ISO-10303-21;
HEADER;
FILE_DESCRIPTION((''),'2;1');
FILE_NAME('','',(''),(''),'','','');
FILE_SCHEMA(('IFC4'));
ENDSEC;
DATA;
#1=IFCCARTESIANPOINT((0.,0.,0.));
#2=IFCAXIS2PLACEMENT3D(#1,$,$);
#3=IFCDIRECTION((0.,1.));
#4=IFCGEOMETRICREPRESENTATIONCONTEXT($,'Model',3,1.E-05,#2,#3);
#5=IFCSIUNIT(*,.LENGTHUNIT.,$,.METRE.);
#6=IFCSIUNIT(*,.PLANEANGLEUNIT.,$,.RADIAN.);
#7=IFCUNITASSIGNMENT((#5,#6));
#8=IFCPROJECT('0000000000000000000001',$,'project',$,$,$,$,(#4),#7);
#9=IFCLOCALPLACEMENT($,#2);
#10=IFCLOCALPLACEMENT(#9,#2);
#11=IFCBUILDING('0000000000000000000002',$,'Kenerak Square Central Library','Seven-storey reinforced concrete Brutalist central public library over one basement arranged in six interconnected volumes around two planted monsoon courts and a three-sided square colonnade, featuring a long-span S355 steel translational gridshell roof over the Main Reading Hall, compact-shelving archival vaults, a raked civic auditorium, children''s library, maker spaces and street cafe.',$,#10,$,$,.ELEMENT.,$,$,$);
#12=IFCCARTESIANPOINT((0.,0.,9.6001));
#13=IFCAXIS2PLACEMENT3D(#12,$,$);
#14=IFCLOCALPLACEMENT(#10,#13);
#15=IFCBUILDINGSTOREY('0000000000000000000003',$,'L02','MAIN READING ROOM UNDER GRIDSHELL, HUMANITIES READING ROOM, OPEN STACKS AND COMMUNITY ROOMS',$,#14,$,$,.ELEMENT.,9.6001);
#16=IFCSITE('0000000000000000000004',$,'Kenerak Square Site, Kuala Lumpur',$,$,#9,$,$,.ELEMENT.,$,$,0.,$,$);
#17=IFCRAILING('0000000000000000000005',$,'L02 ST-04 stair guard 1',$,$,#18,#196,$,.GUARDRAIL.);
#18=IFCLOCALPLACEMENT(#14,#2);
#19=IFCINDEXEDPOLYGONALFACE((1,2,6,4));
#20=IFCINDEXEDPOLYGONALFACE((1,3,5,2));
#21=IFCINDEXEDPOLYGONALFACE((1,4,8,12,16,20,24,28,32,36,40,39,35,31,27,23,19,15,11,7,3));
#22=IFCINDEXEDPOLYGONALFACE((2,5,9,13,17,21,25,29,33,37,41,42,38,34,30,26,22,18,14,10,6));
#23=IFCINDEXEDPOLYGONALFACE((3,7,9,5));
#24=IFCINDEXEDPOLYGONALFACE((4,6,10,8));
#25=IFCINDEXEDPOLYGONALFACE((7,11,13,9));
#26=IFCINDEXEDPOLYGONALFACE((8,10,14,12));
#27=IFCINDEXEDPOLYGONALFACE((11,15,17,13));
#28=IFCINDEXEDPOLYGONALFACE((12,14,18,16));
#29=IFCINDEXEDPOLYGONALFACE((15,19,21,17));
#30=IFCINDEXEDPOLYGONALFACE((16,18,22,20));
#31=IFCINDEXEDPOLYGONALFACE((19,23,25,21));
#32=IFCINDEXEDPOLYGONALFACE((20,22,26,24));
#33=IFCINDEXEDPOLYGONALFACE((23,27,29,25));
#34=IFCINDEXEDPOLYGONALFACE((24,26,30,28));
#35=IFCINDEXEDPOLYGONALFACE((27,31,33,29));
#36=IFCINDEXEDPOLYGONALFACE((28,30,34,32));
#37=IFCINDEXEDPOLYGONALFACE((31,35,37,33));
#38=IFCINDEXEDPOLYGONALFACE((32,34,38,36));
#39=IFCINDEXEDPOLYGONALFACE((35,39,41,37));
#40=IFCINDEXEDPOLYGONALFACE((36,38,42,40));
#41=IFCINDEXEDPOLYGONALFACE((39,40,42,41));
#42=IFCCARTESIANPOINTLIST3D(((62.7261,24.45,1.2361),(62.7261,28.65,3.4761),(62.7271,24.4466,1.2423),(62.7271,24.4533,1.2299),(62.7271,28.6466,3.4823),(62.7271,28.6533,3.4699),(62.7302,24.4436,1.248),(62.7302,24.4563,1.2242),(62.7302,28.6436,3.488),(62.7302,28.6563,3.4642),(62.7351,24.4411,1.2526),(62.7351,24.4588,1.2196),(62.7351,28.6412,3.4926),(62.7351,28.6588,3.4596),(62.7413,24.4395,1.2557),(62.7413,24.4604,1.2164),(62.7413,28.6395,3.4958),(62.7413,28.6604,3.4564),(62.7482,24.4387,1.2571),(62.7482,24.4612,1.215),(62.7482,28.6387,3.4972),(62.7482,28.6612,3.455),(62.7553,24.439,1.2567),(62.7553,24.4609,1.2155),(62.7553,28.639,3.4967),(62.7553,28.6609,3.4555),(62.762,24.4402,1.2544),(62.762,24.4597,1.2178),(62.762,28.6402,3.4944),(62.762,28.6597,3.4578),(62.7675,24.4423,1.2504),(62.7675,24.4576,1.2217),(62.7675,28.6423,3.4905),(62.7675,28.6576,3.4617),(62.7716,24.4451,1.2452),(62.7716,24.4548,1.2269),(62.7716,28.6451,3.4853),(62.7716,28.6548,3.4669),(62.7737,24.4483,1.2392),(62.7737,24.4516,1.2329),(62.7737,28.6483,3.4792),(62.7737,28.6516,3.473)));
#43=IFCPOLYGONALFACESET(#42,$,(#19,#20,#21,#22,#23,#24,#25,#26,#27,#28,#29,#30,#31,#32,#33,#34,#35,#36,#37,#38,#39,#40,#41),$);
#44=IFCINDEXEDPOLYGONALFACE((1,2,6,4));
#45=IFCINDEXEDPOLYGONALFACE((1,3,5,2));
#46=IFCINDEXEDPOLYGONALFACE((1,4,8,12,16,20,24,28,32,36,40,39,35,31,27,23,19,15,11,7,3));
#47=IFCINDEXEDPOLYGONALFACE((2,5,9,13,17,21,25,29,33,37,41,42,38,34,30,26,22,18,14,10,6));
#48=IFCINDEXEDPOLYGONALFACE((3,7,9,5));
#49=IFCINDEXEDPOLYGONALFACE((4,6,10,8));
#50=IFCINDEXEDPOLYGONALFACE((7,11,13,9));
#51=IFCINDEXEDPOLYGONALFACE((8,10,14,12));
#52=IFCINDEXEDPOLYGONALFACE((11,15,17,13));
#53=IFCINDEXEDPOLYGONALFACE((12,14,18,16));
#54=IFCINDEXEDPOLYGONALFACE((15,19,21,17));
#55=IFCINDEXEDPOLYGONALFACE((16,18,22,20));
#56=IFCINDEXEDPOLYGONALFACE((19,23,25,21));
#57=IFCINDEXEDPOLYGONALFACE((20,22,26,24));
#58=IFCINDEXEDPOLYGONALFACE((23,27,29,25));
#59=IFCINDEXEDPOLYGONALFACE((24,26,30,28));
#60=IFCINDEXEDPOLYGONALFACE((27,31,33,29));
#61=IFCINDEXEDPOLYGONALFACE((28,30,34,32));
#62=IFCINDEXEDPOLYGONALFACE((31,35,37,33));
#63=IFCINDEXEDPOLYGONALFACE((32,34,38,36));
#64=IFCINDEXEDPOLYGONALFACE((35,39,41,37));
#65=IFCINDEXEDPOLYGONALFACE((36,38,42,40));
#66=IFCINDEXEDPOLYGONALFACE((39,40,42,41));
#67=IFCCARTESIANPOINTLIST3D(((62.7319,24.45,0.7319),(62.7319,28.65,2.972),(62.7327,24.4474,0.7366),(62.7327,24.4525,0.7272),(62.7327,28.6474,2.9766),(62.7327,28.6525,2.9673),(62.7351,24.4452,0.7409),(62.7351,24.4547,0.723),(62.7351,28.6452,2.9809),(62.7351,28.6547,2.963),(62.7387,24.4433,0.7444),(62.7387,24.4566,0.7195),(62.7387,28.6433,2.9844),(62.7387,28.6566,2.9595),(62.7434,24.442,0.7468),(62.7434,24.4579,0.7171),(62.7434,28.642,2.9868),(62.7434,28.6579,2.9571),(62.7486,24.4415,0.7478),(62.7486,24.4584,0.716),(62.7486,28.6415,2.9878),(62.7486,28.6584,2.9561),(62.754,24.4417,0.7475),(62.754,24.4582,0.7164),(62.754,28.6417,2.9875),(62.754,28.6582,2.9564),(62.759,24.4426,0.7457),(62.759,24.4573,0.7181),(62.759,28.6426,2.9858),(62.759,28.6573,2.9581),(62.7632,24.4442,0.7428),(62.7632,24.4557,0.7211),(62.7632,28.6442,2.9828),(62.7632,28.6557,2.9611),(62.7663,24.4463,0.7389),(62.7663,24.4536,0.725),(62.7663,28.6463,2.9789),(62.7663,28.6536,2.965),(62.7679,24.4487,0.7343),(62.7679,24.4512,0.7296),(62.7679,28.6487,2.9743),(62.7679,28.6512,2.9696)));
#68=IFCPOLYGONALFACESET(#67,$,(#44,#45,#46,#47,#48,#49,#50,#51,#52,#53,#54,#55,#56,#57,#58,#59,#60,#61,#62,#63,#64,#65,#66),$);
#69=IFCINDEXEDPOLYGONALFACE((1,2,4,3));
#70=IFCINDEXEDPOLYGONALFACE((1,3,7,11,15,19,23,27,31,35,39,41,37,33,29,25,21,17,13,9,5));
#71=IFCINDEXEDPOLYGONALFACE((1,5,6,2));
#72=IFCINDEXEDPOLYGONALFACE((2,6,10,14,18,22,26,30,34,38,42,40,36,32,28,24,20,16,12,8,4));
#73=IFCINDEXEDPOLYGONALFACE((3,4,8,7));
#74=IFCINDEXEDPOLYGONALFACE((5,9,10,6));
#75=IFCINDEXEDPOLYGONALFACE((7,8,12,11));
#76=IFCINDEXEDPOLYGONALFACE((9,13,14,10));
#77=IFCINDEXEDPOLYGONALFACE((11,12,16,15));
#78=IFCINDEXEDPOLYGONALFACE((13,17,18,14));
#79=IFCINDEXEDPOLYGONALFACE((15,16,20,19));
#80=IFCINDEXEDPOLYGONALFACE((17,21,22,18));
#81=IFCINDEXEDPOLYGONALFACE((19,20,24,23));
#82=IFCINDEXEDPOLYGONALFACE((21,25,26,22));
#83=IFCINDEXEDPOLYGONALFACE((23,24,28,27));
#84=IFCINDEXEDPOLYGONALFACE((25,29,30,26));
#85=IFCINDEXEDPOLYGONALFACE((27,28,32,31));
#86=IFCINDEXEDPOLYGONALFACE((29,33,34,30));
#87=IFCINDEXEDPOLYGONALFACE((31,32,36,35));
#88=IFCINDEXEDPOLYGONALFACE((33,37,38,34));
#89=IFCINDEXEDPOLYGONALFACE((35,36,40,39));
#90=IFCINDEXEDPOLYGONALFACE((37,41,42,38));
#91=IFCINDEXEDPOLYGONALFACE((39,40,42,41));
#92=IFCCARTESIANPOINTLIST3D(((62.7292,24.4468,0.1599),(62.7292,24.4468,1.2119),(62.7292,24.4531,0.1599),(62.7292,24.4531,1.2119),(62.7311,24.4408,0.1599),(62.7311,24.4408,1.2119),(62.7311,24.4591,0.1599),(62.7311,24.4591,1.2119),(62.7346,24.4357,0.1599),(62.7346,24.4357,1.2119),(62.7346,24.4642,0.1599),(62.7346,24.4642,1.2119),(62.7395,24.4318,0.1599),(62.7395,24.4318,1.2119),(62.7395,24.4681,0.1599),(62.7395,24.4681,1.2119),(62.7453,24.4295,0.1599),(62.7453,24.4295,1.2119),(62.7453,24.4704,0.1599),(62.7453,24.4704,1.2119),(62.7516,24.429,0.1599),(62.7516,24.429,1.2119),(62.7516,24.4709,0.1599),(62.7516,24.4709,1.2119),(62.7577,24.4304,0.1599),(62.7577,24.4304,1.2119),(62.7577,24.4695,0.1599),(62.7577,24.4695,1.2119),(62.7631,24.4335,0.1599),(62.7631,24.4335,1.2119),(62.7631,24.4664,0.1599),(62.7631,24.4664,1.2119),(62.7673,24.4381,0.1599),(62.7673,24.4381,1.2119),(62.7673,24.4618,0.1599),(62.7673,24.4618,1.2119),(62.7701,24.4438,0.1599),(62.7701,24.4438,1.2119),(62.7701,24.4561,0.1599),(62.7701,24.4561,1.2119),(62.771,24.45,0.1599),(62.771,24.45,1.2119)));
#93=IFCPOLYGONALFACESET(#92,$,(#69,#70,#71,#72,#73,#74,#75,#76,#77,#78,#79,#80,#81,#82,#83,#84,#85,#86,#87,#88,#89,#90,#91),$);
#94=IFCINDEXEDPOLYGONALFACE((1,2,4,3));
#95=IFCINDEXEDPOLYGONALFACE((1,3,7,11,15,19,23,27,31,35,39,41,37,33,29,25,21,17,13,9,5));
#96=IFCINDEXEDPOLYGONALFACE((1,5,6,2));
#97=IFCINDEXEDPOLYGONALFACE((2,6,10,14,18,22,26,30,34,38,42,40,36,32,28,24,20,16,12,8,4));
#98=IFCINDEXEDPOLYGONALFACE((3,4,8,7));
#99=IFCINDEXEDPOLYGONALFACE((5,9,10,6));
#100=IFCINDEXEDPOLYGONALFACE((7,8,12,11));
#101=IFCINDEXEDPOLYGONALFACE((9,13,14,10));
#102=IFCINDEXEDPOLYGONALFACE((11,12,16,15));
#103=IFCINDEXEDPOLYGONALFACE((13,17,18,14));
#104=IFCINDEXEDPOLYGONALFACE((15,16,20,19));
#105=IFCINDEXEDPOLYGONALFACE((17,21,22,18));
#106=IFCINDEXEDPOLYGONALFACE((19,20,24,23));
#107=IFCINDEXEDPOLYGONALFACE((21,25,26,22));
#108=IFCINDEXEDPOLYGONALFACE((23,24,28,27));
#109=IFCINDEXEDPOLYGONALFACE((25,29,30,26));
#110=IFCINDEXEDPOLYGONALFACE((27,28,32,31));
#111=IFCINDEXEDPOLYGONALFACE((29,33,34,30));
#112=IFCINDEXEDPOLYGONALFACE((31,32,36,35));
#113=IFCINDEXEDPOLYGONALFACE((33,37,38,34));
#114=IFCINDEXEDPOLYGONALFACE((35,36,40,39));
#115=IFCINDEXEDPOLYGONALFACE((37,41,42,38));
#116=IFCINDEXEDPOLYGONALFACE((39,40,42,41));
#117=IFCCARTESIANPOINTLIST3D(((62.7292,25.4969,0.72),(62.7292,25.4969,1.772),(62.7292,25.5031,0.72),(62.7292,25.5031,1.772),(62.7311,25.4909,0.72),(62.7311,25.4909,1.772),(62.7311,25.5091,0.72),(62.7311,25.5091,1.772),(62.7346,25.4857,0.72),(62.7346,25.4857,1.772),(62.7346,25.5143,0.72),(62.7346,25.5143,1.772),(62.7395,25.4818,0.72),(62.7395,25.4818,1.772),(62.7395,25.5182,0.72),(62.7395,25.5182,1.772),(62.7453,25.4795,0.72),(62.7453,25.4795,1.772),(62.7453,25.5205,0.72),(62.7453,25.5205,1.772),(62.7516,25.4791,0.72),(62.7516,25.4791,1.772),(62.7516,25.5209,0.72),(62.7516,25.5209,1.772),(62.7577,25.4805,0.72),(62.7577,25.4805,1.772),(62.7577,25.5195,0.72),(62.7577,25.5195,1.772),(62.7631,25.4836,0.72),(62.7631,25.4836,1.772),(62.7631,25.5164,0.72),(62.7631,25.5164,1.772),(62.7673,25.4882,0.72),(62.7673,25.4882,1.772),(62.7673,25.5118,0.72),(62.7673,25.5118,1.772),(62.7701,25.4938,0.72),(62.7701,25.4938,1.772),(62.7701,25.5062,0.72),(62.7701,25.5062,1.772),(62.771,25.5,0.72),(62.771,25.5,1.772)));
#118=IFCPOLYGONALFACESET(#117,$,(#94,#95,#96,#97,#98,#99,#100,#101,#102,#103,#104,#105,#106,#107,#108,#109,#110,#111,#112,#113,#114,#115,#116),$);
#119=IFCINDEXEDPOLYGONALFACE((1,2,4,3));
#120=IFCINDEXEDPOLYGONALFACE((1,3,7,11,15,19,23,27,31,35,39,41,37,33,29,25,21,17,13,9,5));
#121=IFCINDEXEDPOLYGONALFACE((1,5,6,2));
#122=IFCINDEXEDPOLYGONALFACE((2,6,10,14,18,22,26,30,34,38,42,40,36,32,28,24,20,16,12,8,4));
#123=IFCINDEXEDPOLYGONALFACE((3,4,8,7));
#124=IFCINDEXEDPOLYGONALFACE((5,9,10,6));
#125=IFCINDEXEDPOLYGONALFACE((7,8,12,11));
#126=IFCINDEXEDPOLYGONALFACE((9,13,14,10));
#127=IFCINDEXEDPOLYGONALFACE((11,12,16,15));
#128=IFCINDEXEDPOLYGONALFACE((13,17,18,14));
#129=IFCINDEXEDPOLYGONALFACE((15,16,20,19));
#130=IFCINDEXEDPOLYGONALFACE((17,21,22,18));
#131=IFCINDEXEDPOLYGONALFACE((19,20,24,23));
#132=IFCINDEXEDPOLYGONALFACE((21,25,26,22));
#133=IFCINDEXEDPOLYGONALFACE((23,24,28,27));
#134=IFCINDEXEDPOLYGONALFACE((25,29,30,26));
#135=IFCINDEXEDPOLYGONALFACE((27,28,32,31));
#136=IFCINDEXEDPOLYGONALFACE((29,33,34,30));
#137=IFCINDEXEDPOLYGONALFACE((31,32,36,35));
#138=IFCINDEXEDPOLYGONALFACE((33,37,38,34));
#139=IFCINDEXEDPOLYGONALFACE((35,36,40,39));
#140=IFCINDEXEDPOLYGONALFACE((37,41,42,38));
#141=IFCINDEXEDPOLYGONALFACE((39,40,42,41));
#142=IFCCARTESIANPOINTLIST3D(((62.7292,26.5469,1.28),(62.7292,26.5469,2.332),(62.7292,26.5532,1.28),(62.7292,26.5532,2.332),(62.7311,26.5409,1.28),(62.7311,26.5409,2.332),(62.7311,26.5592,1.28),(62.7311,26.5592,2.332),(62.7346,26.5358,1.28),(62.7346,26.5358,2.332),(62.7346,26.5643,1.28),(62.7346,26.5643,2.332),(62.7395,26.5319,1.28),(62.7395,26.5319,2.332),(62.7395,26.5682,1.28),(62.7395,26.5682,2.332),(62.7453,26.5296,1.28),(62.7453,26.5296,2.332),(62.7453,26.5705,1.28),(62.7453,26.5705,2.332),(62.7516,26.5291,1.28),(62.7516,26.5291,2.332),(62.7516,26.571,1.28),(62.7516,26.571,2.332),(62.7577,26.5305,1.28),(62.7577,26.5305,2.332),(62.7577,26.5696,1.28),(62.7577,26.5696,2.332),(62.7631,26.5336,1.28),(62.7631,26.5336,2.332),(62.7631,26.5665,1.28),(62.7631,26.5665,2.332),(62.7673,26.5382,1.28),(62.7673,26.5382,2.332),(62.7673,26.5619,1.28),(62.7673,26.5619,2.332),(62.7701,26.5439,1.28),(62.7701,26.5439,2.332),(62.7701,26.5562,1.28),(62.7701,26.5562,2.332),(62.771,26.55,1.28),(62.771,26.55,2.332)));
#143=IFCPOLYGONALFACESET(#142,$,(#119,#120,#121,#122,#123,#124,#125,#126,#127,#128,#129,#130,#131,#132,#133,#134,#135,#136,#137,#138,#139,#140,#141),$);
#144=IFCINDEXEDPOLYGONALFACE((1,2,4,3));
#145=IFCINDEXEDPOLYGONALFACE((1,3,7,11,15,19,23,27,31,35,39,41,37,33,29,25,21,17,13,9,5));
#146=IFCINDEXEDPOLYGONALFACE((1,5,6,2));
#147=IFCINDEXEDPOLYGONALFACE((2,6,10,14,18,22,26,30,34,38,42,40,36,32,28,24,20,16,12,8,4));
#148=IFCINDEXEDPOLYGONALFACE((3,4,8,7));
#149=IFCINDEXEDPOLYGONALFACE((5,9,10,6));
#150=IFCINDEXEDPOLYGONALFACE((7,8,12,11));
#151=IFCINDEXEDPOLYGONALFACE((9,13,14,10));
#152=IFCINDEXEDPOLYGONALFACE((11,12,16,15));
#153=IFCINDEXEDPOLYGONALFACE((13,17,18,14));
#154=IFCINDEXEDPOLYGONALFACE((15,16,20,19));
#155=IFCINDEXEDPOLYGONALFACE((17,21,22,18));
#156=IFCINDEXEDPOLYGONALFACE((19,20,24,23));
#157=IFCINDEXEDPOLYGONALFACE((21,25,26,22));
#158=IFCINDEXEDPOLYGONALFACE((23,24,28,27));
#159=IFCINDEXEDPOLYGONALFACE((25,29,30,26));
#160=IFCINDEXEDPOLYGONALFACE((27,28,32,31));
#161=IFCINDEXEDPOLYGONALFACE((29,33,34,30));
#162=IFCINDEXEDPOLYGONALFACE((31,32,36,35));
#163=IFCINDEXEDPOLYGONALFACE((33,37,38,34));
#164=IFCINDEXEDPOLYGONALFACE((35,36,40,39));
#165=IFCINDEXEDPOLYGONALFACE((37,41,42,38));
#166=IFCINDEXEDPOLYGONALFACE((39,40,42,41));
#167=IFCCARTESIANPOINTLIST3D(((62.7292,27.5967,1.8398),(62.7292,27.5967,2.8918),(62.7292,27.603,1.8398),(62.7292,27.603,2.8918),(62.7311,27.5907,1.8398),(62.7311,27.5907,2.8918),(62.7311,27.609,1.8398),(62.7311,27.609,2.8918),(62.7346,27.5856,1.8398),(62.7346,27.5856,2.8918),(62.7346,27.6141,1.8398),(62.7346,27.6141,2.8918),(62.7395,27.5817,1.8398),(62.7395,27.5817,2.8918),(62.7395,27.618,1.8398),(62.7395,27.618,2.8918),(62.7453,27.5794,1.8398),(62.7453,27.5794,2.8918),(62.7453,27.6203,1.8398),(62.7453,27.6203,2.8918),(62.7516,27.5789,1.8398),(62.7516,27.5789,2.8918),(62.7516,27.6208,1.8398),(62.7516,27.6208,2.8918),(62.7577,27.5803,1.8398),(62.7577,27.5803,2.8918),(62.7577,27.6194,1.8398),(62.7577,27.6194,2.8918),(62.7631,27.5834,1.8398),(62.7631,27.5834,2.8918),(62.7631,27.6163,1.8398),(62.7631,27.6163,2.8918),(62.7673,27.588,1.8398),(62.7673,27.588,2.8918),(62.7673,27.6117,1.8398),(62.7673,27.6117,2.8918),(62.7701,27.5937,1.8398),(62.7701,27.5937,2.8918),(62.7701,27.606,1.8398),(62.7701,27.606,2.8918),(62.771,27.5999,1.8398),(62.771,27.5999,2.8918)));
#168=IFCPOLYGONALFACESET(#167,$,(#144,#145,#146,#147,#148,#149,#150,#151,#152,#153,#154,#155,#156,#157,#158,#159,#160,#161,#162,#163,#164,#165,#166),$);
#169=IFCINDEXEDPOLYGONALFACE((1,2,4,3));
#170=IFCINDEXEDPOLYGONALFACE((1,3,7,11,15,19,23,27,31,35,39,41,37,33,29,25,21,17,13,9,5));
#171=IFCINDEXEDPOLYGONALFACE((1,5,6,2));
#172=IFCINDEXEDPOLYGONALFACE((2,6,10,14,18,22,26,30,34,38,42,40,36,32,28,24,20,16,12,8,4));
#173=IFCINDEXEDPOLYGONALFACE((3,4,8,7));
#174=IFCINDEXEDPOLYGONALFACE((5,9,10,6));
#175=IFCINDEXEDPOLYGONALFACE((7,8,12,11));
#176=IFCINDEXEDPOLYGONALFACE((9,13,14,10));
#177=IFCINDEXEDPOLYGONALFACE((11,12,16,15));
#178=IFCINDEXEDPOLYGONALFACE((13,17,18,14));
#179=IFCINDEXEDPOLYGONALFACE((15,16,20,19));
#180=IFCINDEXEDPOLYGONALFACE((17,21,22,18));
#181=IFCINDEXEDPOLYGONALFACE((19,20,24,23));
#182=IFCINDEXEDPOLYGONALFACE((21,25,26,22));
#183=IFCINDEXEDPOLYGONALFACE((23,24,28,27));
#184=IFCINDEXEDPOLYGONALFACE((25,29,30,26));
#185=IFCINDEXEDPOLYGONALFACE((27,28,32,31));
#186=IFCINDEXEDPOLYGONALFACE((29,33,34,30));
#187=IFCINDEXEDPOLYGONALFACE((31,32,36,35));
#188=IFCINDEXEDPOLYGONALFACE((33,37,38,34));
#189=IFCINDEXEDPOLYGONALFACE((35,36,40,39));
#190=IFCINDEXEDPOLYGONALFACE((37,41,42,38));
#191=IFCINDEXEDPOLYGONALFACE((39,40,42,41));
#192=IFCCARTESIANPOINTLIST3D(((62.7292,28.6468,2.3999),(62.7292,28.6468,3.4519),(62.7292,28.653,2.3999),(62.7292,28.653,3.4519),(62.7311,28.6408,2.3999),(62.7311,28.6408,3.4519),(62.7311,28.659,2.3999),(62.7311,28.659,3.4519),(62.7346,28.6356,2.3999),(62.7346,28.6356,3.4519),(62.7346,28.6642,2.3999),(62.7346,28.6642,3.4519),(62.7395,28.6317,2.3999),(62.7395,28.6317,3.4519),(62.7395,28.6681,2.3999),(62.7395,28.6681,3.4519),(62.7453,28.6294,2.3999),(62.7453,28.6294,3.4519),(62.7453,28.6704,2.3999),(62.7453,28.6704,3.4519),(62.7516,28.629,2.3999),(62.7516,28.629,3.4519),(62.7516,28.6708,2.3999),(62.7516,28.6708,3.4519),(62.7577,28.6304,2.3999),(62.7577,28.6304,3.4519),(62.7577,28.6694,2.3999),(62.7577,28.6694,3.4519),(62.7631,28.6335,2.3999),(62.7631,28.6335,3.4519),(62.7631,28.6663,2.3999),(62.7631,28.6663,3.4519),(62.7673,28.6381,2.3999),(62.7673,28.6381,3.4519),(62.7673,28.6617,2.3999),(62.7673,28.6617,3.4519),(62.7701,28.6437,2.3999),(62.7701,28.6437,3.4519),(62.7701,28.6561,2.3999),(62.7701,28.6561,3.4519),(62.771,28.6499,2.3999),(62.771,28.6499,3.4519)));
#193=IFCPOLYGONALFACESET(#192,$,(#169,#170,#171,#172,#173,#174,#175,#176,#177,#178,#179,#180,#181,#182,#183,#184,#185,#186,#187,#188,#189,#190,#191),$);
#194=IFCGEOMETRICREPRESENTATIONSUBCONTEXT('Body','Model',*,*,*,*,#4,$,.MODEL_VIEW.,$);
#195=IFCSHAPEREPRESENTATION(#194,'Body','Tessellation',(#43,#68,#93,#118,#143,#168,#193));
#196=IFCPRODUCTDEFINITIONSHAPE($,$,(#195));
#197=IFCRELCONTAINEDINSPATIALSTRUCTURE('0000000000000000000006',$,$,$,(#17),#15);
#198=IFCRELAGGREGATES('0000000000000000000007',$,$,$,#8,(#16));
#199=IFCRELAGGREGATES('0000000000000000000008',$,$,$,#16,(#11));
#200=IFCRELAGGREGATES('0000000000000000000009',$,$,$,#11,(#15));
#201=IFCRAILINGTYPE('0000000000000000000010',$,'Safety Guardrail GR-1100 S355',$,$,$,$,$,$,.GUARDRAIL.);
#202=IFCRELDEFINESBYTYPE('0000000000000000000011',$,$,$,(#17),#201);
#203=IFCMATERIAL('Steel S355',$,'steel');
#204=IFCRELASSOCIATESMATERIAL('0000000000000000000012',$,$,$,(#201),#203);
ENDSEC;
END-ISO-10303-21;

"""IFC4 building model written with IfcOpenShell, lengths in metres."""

from ifc_helpers import new_model, si_unit, direction, frame, origin, origin_2d, place, context, subcontext, project, spatial, circle, extrude, material, type_object, element, save


model = new_model("IFC4")

# Units and contexts
model_context = context("Model", 3, precision=1e-05, world=origin(), true_north=direction((0.0, 1.0)))
body_context = subcontext(model_context, "Body", "Model", "MODEL_VIEW")
ifc_project = project(units=[si_unit("LENGTHUNIT", "METRE"), si_unit("PLANEANGLEUNIT", "RADIAN")], contexts=[model_context])

# Site, building, storey
site_placement = place(None, origin())
site = spatial("IfcSite", under=ifc_project, at=site_placement, Name="Kenerak Square Site, Kuala Lumpur", CompositionType="ELEMENT", RefElevation=0.0)
building_placement = place(site_placement, origin())
building = spatial("IfcBuilding", under=site, at=building_placement, Name="Kenerak Square Central Library", Description="Seven-storey reinforced concrete Brutalist central public library over one basement arranged in six interconnected volumes around two planted monsoon courts and a three-sided square colonnade, featuring a long-span S355 steel translational gridshell roof over the Main Reading Hall, compact-shelving archival vaults, a raked civic auditorium, children's library, maker spaces and street cafe.", CompositionType="ELEMENT")
storey_placement = place(building_placement, frame((0.0, 0.0, 9.6001)))
storey = spatial("IfcBuildingStorey", under=building, at=storey_placement, Name="L02", Description="MAIN READING ROOM UNDER GRIDSHELL, HUMANITIES READING ROOM, OPEN STACKS AND COMMUNITY ROOMS", CompositionType="ELEMENT", Elevation=9.6001)

# Shared definitions
ifc_material_1 = material(Name="Steel S355", Category="steel")

# Railing
railing_type_1 = type_object("IfcRailingType", Name="Safety Guardrail GR-1100 S355", PredefinedType="GUARDRAIL", material=ifc_material_1)
railing_1_placement = place(storey_placement, frame((62.75, 24.45, 0.1599)))
element("IfcRailing", 1, at=railing_1_placement, inside=storey, type_object=railing_type_1, Name="L02 ST-04 stair guard 1", PredefinedType="GUARDRAIL", context=body_context, shape_type="SweptSolid", body=[
    extrude(circle(Radius=0.0239, at=origin_2d()), frame((0.0, 0.0, 1.0762), z_axis=(0.0, 0.882352, 0.470591), x_axis=(-1.0, 0.0, 0.0)), (0.0, 0.0, 1.0), 4.76),
    extrude(circle(Radius=0.0181, at=origin_2d()), frame((0.0, 0.0, 0.572), z_axis=(0.0, 0.882352, 0.470591), x_axis=(-1.0, 0.0, 0.0)), (0.0, 0.0, 1.0), 4.76),
    extrude(circle(Radius=0.021, at=origin_2d()), origin(), (0.0, 0.0, 1.0), 1.052),
    extrude(circle(Radius=0.021, at=origin_2d()), frame((0.0, 1.05, 0.5601)), (0.0, 0.0, 1.0), 1.052),
    extrude(circle(Radius=0.021, at=origin_2d()), frame((0.0, 2.1001, 1.1201)), (0.0, 0.0, 1.0), 1.052),
    extrude(circle(Radius=0.021, at=origin_2d()), frame((0.0, 3.1499, 1.6799)), (0.0, 0.0, 1.0), 1.052),
    extrude(circle(Radius=0.021, at=origin_2d()), frame((0.0, 4.2, 2.24)), (0.0, 0.0, 1.0), 1.052),
])

save(model, "model.ifc")
